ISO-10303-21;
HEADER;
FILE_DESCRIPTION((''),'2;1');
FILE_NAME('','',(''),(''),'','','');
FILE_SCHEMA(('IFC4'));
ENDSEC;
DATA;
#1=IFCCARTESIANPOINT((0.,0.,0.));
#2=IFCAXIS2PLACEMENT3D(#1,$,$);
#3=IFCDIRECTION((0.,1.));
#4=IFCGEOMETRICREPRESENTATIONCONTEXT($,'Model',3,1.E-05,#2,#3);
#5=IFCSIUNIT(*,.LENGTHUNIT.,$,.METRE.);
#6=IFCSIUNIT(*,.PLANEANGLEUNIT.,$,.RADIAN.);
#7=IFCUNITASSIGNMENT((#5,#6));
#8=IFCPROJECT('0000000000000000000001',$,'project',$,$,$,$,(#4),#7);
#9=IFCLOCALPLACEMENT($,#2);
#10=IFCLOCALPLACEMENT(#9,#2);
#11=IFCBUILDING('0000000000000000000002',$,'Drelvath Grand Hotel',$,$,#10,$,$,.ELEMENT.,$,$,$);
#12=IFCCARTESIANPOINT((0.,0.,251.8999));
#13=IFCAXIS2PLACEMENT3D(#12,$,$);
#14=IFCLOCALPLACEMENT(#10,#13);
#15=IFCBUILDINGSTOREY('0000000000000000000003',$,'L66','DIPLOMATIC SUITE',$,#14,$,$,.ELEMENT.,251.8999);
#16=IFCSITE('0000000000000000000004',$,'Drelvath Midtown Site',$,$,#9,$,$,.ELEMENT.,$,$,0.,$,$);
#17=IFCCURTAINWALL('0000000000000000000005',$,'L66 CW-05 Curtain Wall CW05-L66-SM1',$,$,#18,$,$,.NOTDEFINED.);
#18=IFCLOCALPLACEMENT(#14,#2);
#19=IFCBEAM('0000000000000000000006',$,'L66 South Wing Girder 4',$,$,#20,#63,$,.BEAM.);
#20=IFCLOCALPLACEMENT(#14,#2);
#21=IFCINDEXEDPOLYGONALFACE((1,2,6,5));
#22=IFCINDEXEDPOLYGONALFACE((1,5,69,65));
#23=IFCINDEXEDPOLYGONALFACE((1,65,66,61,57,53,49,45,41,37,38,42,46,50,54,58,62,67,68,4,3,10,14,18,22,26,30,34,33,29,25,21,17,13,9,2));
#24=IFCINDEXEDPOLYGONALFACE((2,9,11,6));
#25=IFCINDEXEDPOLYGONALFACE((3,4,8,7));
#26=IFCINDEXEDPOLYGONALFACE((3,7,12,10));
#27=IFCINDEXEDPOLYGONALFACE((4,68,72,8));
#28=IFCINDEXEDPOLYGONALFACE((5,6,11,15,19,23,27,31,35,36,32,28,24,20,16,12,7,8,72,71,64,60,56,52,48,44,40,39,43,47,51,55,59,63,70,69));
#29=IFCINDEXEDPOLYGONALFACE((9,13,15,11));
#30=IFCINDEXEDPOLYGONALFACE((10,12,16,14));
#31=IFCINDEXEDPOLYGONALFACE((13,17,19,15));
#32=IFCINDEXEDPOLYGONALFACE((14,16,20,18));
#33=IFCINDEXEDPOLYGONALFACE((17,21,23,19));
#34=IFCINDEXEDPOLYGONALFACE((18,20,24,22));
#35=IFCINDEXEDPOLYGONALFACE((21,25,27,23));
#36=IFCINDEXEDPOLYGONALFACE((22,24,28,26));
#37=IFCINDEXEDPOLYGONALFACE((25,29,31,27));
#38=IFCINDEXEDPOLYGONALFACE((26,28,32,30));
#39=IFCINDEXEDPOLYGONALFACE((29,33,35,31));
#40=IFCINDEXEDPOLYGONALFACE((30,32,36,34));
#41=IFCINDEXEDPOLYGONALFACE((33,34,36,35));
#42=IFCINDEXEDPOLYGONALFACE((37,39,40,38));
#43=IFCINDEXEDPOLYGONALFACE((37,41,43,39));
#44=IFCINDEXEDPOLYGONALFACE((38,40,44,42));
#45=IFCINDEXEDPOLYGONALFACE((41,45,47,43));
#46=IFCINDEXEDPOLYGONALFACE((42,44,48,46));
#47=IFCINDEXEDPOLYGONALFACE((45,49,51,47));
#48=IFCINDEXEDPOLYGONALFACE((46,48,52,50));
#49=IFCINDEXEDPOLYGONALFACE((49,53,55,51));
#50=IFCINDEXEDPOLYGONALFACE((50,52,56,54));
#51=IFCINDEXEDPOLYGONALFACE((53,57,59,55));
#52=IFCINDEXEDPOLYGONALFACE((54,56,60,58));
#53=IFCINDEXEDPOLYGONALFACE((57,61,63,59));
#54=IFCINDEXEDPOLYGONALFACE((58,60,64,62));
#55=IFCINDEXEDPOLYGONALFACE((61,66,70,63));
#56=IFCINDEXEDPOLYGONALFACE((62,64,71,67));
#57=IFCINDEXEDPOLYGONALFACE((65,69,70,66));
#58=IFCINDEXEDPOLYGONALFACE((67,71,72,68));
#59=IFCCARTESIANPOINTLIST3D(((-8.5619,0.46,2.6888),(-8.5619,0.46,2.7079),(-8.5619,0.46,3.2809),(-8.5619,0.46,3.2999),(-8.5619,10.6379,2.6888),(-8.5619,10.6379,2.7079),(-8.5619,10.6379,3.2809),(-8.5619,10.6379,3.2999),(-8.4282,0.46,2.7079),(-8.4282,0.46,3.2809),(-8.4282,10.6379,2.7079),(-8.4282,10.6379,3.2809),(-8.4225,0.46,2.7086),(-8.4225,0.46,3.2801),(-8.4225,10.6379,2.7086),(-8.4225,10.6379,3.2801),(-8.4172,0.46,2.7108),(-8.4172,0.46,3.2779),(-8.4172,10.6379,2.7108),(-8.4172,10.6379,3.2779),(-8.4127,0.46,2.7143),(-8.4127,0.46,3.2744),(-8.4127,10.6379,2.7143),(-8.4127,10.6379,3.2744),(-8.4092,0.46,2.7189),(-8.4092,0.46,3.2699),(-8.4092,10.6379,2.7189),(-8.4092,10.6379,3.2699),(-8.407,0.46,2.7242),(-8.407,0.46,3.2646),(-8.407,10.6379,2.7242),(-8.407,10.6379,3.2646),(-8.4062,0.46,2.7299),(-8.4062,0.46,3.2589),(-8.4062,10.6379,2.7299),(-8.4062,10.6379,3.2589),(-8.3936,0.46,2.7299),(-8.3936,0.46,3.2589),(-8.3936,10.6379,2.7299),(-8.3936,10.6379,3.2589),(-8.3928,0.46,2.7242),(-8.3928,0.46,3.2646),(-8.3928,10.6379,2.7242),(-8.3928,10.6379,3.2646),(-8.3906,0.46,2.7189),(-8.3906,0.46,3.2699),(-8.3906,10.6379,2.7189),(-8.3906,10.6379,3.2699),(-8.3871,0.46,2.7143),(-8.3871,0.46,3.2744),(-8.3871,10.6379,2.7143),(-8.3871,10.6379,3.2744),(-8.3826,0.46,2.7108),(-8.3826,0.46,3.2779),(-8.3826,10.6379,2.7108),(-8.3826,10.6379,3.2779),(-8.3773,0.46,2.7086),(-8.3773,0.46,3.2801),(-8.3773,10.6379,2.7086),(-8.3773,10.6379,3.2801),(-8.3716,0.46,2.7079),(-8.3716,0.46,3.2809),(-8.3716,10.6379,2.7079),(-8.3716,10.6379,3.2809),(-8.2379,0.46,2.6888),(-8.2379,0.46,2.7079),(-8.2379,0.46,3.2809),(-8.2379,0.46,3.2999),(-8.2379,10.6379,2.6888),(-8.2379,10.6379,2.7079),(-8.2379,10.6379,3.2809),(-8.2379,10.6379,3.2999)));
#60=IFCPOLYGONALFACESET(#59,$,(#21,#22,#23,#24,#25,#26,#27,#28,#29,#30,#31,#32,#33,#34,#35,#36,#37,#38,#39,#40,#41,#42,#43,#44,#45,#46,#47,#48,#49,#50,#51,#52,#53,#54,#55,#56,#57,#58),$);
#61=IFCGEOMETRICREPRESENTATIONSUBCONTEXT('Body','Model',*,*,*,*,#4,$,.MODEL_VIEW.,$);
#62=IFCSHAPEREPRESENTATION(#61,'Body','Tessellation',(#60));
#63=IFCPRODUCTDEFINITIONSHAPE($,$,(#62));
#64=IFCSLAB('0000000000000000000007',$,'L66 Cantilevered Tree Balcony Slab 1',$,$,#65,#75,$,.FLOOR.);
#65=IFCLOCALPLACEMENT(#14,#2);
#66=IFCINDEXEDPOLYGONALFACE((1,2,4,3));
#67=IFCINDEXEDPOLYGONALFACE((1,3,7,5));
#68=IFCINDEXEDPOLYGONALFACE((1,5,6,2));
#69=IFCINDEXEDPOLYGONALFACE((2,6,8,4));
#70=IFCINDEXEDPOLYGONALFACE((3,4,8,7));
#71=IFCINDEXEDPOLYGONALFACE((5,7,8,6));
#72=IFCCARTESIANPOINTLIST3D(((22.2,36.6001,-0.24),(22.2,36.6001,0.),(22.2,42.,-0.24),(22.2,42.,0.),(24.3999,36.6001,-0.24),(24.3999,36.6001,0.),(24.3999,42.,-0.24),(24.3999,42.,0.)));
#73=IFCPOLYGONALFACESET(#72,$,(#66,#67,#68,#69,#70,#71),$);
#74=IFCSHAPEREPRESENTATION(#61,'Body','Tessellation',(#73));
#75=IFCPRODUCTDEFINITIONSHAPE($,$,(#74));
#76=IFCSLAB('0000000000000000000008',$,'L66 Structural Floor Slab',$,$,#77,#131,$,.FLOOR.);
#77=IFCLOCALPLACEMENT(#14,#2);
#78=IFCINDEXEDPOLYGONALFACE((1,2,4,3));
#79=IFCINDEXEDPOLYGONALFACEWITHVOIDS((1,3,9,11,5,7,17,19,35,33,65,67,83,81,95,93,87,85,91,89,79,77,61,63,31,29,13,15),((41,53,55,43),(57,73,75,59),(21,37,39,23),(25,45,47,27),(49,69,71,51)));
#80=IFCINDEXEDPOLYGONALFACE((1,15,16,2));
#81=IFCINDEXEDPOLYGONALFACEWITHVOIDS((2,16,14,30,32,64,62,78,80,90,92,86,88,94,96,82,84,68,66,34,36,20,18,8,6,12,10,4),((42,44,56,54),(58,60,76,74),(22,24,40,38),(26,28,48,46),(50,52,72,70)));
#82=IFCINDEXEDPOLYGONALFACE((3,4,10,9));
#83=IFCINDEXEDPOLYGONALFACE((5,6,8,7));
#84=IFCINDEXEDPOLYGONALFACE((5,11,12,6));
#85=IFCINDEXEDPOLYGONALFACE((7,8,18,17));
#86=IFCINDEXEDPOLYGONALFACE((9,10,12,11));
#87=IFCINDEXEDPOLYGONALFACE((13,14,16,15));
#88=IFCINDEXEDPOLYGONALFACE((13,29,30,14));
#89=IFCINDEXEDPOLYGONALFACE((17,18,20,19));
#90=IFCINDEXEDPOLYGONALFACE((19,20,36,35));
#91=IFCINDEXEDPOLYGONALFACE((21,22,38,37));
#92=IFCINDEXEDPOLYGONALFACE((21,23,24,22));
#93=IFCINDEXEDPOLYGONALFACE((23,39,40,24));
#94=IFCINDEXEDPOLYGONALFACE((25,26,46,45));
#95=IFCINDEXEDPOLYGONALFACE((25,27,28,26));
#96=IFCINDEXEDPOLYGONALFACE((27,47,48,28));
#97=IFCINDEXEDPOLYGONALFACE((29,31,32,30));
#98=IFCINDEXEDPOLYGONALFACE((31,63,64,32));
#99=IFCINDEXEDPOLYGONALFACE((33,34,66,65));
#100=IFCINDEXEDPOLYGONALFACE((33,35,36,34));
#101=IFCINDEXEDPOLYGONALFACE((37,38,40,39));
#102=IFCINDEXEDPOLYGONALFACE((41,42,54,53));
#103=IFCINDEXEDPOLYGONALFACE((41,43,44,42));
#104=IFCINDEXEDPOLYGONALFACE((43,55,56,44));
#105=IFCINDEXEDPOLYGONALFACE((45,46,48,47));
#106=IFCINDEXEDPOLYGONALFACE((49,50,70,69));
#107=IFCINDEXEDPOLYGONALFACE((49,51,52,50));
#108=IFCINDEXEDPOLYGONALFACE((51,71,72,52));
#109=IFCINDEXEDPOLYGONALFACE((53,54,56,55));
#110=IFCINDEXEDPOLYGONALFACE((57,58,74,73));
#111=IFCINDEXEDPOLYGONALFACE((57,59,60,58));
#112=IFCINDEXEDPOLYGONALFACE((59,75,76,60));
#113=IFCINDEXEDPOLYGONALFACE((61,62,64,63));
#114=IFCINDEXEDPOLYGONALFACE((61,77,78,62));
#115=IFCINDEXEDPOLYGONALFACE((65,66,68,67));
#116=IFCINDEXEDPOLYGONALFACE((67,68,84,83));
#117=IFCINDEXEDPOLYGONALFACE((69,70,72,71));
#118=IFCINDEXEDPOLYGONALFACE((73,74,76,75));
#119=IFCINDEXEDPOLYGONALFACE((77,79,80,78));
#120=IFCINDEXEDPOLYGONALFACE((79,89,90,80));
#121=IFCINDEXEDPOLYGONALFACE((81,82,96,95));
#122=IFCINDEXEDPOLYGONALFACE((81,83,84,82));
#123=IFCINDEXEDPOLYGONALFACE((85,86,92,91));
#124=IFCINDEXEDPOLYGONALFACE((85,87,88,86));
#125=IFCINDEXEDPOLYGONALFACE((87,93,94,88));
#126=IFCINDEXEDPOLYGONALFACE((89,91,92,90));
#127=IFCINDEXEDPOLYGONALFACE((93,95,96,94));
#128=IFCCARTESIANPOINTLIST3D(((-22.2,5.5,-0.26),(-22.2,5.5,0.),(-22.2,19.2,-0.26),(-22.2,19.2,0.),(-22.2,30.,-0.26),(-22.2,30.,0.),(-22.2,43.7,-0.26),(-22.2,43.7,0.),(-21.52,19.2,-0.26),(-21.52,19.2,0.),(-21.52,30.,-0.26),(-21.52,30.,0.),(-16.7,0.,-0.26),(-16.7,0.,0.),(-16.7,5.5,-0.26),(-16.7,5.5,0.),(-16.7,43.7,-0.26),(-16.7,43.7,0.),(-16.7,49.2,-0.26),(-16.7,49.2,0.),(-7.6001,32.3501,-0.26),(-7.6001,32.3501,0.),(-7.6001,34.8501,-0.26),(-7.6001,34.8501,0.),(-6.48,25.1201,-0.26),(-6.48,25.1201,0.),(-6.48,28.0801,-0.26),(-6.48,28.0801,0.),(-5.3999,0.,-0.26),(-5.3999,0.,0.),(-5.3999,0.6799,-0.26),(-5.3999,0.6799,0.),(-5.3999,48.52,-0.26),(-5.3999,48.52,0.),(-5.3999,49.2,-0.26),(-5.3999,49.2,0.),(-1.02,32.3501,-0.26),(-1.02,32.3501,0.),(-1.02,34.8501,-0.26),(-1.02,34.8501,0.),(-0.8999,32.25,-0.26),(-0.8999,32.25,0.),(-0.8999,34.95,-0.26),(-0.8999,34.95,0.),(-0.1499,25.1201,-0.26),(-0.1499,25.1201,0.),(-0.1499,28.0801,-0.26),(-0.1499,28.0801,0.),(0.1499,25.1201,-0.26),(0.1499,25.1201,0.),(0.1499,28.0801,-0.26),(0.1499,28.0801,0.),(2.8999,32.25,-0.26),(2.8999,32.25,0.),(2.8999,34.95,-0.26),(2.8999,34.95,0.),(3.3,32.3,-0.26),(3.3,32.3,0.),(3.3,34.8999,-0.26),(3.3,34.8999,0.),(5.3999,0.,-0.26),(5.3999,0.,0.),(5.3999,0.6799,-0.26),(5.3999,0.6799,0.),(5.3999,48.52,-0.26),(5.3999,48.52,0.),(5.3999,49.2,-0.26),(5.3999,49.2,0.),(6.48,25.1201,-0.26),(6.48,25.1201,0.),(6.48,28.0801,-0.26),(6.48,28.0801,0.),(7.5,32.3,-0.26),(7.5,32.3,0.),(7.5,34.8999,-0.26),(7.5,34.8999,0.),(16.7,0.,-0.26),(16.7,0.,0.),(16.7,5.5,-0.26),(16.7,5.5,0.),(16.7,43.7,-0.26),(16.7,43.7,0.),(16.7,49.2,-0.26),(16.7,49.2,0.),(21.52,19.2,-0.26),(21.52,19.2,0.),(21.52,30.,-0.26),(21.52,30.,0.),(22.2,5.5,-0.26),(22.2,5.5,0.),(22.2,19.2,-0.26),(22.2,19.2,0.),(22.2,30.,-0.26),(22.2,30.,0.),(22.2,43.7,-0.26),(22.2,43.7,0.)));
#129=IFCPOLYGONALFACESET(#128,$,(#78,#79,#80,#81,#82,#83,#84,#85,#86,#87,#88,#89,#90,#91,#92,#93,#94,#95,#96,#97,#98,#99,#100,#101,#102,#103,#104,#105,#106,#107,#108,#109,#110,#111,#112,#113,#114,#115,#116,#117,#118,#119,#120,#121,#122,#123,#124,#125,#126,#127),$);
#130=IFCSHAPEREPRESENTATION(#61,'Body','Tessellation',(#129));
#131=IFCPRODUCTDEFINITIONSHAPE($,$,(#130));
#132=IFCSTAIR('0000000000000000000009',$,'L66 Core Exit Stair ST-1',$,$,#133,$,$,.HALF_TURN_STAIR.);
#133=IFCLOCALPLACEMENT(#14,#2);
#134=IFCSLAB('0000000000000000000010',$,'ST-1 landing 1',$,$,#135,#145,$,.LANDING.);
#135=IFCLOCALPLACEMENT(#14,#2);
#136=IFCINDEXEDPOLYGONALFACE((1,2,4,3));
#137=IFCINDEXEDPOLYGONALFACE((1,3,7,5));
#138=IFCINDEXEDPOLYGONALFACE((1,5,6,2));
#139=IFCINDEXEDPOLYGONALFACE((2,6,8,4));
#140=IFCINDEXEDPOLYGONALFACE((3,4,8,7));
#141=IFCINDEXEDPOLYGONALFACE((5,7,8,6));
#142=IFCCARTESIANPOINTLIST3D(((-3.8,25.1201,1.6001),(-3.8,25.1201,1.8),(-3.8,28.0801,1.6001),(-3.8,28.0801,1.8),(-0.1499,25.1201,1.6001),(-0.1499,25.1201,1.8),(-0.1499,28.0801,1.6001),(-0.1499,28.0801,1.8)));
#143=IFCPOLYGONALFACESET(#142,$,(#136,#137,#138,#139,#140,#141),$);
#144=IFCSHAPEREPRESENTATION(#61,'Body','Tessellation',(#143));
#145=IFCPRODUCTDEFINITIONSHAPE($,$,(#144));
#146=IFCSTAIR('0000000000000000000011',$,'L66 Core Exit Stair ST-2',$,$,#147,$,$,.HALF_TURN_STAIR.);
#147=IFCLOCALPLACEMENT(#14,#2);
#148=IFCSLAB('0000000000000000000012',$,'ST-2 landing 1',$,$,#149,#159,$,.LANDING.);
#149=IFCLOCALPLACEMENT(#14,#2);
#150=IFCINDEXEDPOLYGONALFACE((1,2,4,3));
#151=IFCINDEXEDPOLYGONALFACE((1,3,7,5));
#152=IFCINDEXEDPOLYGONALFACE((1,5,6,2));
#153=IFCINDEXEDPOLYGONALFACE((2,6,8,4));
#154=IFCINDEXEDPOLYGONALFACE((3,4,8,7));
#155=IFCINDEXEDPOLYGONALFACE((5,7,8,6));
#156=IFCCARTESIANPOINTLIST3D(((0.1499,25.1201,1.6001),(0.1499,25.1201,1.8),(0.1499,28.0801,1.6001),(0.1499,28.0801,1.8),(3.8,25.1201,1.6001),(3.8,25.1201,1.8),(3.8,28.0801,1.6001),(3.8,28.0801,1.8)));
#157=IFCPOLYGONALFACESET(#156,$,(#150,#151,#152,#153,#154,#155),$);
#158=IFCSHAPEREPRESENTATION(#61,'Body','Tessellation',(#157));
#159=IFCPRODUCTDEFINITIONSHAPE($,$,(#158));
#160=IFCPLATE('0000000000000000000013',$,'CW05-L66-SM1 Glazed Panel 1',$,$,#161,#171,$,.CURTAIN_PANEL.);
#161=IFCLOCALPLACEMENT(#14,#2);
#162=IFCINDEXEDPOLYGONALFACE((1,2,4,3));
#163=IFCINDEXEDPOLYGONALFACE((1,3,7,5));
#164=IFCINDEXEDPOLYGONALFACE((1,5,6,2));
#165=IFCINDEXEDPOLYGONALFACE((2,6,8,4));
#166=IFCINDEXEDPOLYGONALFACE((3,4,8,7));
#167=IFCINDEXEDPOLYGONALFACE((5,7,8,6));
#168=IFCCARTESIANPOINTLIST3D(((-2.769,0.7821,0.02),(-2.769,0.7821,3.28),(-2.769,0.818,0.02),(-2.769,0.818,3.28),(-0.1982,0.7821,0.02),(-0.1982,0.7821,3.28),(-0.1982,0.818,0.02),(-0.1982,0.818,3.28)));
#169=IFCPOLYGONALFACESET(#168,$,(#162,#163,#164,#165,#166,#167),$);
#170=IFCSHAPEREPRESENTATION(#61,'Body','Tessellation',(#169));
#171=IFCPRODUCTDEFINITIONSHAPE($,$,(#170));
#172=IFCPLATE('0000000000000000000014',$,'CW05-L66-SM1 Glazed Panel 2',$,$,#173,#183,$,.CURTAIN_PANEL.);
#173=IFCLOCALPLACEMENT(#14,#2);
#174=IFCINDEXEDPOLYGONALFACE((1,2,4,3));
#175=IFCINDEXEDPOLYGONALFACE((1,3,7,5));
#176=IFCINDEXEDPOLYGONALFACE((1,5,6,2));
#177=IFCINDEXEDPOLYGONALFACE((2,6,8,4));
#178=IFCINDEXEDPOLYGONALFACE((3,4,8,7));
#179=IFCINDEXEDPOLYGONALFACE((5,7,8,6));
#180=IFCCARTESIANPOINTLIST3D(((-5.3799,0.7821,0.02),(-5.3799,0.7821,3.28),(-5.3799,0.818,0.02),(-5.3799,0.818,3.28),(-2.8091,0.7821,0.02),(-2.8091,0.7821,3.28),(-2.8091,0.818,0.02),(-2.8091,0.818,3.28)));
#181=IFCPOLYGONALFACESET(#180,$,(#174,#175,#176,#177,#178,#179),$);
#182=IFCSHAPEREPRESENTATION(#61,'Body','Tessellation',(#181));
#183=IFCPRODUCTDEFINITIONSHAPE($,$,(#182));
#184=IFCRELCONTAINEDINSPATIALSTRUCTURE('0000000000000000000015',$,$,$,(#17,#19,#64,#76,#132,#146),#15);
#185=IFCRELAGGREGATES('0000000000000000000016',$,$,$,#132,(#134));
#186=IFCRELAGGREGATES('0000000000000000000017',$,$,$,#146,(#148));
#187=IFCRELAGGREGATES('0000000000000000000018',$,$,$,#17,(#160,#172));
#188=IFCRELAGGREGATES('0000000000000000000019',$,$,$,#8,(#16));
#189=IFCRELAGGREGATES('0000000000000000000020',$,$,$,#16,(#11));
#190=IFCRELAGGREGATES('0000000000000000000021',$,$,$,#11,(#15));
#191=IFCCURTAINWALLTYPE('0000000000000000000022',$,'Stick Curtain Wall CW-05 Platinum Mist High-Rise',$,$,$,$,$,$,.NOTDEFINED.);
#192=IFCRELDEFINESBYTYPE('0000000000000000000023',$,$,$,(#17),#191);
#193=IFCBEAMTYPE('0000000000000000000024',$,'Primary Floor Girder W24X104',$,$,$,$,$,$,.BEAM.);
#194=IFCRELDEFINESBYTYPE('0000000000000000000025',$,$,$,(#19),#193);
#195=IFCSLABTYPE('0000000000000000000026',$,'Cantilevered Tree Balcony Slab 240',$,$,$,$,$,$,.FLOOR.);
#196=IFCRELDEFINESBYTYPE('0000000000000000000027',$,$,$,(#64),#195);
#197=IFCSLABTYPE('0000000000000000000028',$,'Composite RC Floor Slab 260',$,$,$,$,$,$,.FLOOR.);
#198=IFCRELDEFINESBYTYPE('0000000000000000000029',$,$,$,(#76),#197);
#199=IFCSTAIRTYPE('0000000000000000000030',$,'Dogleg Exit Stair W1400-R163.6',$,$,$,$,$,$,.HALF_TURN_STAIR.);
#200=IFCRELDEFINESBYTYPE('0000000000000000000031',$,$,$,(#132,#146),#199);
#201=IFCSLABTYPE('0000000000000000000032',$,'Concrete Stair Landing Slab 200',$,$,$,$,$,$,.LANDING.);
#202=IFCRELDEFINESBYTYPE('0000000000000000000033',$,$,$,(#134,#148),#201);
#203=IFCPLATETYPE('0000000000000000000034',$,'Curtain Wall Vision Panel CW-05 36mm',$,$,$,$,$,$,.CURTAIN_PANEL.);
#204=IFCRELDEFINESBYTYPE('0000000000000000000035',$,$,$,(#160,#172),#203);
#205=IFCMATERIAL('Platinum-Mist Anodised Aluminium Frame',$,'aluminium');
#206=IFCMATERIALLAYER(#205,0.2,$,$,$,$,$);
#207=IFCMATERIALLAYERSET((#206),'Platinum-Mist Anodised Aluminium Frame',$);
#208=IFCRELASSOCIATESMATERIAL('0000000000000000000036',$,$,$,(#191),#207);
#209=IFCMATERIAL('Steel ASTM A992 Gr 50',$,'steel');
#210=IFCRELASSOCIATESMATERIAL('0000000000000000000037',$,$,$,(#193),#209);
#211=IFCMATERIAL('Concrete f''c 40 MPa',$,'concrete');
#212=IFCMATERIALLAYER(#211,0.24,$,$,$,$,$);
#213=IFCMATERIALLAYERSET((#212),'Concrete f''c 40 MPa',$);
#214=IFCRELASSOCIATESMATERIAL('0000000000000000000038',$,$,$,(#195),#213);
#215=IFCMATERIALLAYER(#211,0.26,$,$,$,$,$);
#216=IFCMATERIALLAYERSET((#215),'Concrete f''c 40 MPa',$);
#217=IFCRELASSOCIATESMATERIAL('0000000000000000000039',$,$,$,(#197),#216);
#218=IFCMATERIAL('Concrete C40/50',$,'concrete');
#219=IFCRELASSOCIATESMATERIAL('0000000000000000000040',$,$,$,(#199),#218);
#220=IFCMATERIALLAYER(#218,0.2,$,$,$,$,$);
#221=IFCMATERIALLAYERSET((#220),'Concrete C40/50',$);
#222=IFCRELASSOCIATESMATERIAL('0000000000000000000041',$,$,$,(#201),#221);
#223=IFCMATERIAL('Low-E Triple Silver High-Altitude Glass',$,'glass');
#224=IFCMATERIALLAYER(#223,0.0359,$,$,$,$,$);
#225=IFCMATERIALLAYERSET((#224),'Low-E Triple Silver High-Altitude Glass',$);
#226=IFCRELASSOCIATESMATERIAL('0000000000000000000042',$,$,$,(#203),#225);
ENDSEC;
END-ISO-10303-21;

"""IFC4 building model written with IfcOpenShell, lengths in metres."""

from ifc_helpers import new_model, si_unit, direction, frame, origin, origin_2d, place, context, subcontext, project, spatial, polyline, rectangle, i_section, outline, extrude, material, layer, layer_set, material_profile, profile_set, type_object, element, aggregate, save


model = new_model("IFC4")

# Units and contexts
model_context = context("Model", 3, precision=1e-05, world=origin(), true_north=direction((0.0, 1.0)))
body_context = subcontext(model_context, "Body", "Model", "MODEL_VIEW")
ifc_project = project(units=[si_unit("LENGTHUNIT", "METRE"), si_unit("PLANEANGLEUNIT", "RADIAN")], contexts=[model_context])

# Site, building, storey
site_placement = place(None, origin())
site = spatial("IfcSite", under=ifc_project, at=site_placement, Name="Drelvath Midtown Site", CompositionType="ELEMENT", RefElevation=0.0)
building_placement = place(site_placement, origin())
building = spatial("IfcBuilding", under=site, at=building_placement, Name="Drelvath Grand Hotel", CompositionType="ELEMENT")
storey_placement = place(building_placement, frame((0.0, 0.0, 251.8999)))
storey = spatial("IfcBuildingStorey", under=building, at=storey_placement, Name="L66", Description="DIPLOMATIC SUITE", CompositionType="ELEMENT", Elevation=251.8999)

# Curtain wall
ifc_material_1 = material(Name="Platinum-Mist Anodised Aluminium Frame", Category="aluminium")
ifc_layer_1 = layer(ifc_material_1, 0.2)
ifc_layer_set_1 = layer_set([ifc_layer_1], Name="Platinum-Mist Anodised Aluminium Frame")
curtain_wall_type = type_object("IfcCurtainWallType", Name="Stick Curtain Wall CW-05 Platinum Mist High-Rise", PredefinedType="NOTDEFINED", material=ifc_layer_set_1)
curtain_wall_1_placement = place(storey_placement, origin())
curtain_wall_1 = element("IfcCurtainWall", 1, at=curtain_wall_1_placement, inside=storey, type_object=curtain_wall_type, Name="L66 CW-05 Curtain Wall CW05-L66-SM1", PredefinedType="NOTDEFINED")

# Beam
ifc_material_2 = material(Name="Steel ASTM A992 Gr 50", Category="steel")
ifc_material_profile_1 = material_profile(ifc_material_2, i_section(OverallWidth=0.324, OverallDepth=0.6111, WebThickness=0.0127, FlangeThickness=0.019, FilletRadius=0.022, at=origin_2d()), Name="W24X104")
ifc_profile_set_1 = profile_set([ifc_material_profile_1], Name="Steel ASTM A992 Gr 50")
beam_type_1 = type_object("IfcBeamType", Name="Primary Floor Girder W24X104", PredefinedType="BEAM", material=ifc_profile_set_1)
beam_1_placement = place(storey_placement, frame((-8.3999, 0.46, 2.9944), z_axis=(0.0, 1.0, 0.0), x_axis=(-1.0, 0.0, 0.0)))
element("IfcBeam", 2, at=beam_1_placement, inside=storey, type_object=beam_type_1, Name="L66 South Wing Girder 4", PredefinedType="BEAM", context=body_context, shape_type="SweptSolid", body=[
    extrude(i_section(OverallWidth=0.324, OverallDepth=0.6111, WebThickness=0.0127, FlangeThickness=0.019, FilletRadius=0.022, at=origin_2d()), origin(), (0.0, 0.0, 1.0), 10.178),
])

# Slabs
ifc_material_3 = material(Name="Concrete f'c 40 MPa", Category="concrete")
ifc_layer_2 = layer(ifc_material_3, 0.24)
ifc_layer_set_2 = layer_set([ifc_layer_2], Name="Concrete f'c 40 MPa")
slab_type_1 = type_object("IfcSlabType", Name="Cantilevered Tree Balcony Slab 240", PredefinedType="FLOOR", material=ifc_layer_set_2)
slab_1_placement = place(storey_placement, frame((0.0, 0.0, -0.24)))
element("IfcSlab", 3, at=slab_1_placement, inside=storey, type_object=slab_type_1, Name="L66 Cantilevered Tree Balcony Slab 1", PredefinedType="FLOOR", context=body_context, shape_type="SweptSolid", body=[
    extrude(outline(polyline([(22.2, 36.6001), (24.3999, 36.6001), (24.3999, 42.0), (22.2, 42.0), (22.2, 36.6001)])), origin(), (0.0, 0.0, 1.0), 0.24),
])
ifc_layer_3 = layer(ifc_material_3, 0.26)
ifc_layer_set_3 = layer_set([ifc_layer_3], Name="Concrete f'c 40 MPa")
slab_type_2 = type_object("IfcSlabType", Name="Composite RC Floor Slab 260", PredefinedType="FLOOR", material=ifc_layer_set_3)
slab_2_placement = place(storey_placement, frame((0.0, 0.0, -0.26)))
element("IfcSlab", 4, at=slab_2_placement, inside=storey, type_object=slab_type_2, Name="L66 Structural Floor Slab", PredefinedType="FLOOR", context=body_context, shape_type="SweptSolid", body=[
    extrude(outline(polyline([(-16.7, 0.0), (-5.3999, 0.0), (-5.3999, 0.6799), (5.3999, 0.6799), (5.3999, 0.0), (16.7, 0.0), (16.7, 5.5), (22.2, 5.5), (22.2, 19.2), (21.52, 19.2), (21.52, 30.0), (22.2, 30.0), (22.2, 43.7), (16.7, 43.7), (16.7, 49.2), (5.3999, 49.2), (5.3999, 48.52), (-5.3999, 48.52), (-5.3999, 49.2), (-16.7, 49.2), (-16.7, 43.7), (-22.2, 43.7), (-22.2, 30.0), (-21.52, 30.0), (-21.52, 19.2), (-22.2, 19.2), (-22.2, 5.5), (-16.7, 5.5), (-16.7, 0.0)]), holes=[polyline([(-6.48, 25.1201), (-6.48, 28.0801), (-0.1499, 28.0801), (-0.1499, 25.1201), (-6.48, 25.1201)]), polyline([(0.1499, 25.1201), (0.1499, 28.0801), (6.48, 28.0801), (6.48, 25.1201), (0.1499, 25.1201)]), polyline([(-7.6001, 32.3501), (-7.6001, 34.8501), (-1.02, 34.8501), (-1.02, 32.3501), (-7.6001, 32.3501)]), polyline([(-0.8999, 32.25), (-0.8999, 34.95), (2.8999, 34.95), (2.8999, 32.25), (-0.8999, 32.25)]), polyline([(3.3, 32.3), (3.3, 34.8999), (7.5, 34.8999), (7.5, 32.3), (3.3, 32.3)])]), origin(), (0.0, 0.0, 1.0), 0.26),
])

# Stairs, slabs
ifc_material_4 = material(Name="Concrete C40/50", Category="concrete")
stair_type = type_object("IfcStairType", Name="Dogleg Exit Stair W1400-R163.6", PredefinedType="HALF_TURN_STAIR", material=ifc_material_4)
stair_1_placement = place(storey_placement, origin())
stair_1 = element("IfcStair", 5, at=stair_1_placement, inside=storey, type_object=stair_type, Name="L66 Core Exit Stair ST-1", PredefinedType="HALF_TURN_STAIR")
ifc_layer_4 = layer(ifc_material_4, 0.2)
ifc_layer_set_4 = layer_set([ifc_layer_4], Name="Concrete C40/50")
slab_type_3 = type_object("IfcSlabType", Name="Concrete Stair Landing Slab 200", PredefinedType="LANDING", material=ifc_layer_set_4)
slab_3_placement = place(storey_placement, frame((0.0, 0.0, 1.6001)))
slab_3 = element("IfcSlab", 6, at=slab_3_placement, type_object=slab_type_3, Name="ST-1 landing 1", PredefinedType="LANDING", context=body_context, shape_type="SweptSolid", body=[
    extrude(outline(polyline([(-3.8, 25.1201), (-0.1499, 25.1201), (-0.1499, 28.0801), (-3.8, 28.0801), (-3.8, 25.1201)])), origin(), (0.0, 0.0, 1.0), 0.2),
])
aggregate(stair_1, [slab_3])
stair_2_placement = place(storey_placement, origin())
stair_2 = element("IfcStair", 7, at=stair_2_placement, inside=storey, type_object=stair_type, Name="L66 Core Exit Stair ST-2", PredefinedType="HALF_TURN_STAIR")
slab_4_placement = place(storey_placement, frame((0.0, 0.0, 1.6001)))
slab_4 = element("IfcSlab", 8, at=slab_4_placement, type_object=slab_type_3, Name="ST-2 landing 1", PredefinedType="LANDING", context=body_context, shape_type="SweptSolid", body=[
    extrude(outline(polyline([(3.8, 28.0801), (0.1499, 28.0801), (0.1499, 25.1201), (3.8, 25.1201), (3.8, 28.0801)])), origin(), (0.0, 0.0, 1.0), 0.2),
])
aggregate(stair_2, [slab_4])

# Plates
ifc_material_5 = material(Name="Low-E Triple Silver High-Altitude Glass", Category="glass")
ifc_layer_5 = layer(ifc_material_5, 0.0359)
ifc_layer_set_5 = layer_set([ifc_layer_5], Name="Low-E Triple Silver High-Altitude Glass")
plate_type = type_object("IfcPlateType", Name="Curtain Wall Vision Panel CW-05 36mm", PredefinedType="CURTAIN_PANEL", material=ifc_layer_set_5)
plate_1_placement = place(storey_placement, frame((-1.4836, 0.8, 0.02), z_axis=(0.0, 0.0, 1.0), x_axis=(-1.0, 0.0, 0.0)))
plate_1 = element("IfcPlate", 9, at=plate_1_placement, type_object=plate_type, Name="CW05-L66-SM1 Glazed Panel 1", PredefinedType="CURTAIN_PANEL", context=body_context, shape_type="SweptSolid", body=[
    extrude(rectangle(XDim=2.5708, YDim=0.0359, at=origin_2d()), origin(), (0.0, 0.0, 1.0), 3.26),
])
plate_2_placement = place(storey_placement, frame((-4.0945, 0.8, 0.02), z_axis=(0.0, 0.0, 1.0), x_axis=(-1.0, 0.0, 0.0)))
plate_2 = element("IfcPlate", 10, at=plate_2_placement, type_object=plate_type, Name="CW05-L66-SM1 Glazed Panel 2", PredefinedType="CURTAIN_PANEL", context=body_context, shape_type="SweptSolid", body=[
    extrude(rectangle(XDim=2.5708, YDim=0.0359, at=origin_2d()), origin(), (0.0, 0.0, 1.0), 3.26),
])
aggregate(curtain_wall_1, [plate_1, plate_2])

save(model, "model.ifc")
